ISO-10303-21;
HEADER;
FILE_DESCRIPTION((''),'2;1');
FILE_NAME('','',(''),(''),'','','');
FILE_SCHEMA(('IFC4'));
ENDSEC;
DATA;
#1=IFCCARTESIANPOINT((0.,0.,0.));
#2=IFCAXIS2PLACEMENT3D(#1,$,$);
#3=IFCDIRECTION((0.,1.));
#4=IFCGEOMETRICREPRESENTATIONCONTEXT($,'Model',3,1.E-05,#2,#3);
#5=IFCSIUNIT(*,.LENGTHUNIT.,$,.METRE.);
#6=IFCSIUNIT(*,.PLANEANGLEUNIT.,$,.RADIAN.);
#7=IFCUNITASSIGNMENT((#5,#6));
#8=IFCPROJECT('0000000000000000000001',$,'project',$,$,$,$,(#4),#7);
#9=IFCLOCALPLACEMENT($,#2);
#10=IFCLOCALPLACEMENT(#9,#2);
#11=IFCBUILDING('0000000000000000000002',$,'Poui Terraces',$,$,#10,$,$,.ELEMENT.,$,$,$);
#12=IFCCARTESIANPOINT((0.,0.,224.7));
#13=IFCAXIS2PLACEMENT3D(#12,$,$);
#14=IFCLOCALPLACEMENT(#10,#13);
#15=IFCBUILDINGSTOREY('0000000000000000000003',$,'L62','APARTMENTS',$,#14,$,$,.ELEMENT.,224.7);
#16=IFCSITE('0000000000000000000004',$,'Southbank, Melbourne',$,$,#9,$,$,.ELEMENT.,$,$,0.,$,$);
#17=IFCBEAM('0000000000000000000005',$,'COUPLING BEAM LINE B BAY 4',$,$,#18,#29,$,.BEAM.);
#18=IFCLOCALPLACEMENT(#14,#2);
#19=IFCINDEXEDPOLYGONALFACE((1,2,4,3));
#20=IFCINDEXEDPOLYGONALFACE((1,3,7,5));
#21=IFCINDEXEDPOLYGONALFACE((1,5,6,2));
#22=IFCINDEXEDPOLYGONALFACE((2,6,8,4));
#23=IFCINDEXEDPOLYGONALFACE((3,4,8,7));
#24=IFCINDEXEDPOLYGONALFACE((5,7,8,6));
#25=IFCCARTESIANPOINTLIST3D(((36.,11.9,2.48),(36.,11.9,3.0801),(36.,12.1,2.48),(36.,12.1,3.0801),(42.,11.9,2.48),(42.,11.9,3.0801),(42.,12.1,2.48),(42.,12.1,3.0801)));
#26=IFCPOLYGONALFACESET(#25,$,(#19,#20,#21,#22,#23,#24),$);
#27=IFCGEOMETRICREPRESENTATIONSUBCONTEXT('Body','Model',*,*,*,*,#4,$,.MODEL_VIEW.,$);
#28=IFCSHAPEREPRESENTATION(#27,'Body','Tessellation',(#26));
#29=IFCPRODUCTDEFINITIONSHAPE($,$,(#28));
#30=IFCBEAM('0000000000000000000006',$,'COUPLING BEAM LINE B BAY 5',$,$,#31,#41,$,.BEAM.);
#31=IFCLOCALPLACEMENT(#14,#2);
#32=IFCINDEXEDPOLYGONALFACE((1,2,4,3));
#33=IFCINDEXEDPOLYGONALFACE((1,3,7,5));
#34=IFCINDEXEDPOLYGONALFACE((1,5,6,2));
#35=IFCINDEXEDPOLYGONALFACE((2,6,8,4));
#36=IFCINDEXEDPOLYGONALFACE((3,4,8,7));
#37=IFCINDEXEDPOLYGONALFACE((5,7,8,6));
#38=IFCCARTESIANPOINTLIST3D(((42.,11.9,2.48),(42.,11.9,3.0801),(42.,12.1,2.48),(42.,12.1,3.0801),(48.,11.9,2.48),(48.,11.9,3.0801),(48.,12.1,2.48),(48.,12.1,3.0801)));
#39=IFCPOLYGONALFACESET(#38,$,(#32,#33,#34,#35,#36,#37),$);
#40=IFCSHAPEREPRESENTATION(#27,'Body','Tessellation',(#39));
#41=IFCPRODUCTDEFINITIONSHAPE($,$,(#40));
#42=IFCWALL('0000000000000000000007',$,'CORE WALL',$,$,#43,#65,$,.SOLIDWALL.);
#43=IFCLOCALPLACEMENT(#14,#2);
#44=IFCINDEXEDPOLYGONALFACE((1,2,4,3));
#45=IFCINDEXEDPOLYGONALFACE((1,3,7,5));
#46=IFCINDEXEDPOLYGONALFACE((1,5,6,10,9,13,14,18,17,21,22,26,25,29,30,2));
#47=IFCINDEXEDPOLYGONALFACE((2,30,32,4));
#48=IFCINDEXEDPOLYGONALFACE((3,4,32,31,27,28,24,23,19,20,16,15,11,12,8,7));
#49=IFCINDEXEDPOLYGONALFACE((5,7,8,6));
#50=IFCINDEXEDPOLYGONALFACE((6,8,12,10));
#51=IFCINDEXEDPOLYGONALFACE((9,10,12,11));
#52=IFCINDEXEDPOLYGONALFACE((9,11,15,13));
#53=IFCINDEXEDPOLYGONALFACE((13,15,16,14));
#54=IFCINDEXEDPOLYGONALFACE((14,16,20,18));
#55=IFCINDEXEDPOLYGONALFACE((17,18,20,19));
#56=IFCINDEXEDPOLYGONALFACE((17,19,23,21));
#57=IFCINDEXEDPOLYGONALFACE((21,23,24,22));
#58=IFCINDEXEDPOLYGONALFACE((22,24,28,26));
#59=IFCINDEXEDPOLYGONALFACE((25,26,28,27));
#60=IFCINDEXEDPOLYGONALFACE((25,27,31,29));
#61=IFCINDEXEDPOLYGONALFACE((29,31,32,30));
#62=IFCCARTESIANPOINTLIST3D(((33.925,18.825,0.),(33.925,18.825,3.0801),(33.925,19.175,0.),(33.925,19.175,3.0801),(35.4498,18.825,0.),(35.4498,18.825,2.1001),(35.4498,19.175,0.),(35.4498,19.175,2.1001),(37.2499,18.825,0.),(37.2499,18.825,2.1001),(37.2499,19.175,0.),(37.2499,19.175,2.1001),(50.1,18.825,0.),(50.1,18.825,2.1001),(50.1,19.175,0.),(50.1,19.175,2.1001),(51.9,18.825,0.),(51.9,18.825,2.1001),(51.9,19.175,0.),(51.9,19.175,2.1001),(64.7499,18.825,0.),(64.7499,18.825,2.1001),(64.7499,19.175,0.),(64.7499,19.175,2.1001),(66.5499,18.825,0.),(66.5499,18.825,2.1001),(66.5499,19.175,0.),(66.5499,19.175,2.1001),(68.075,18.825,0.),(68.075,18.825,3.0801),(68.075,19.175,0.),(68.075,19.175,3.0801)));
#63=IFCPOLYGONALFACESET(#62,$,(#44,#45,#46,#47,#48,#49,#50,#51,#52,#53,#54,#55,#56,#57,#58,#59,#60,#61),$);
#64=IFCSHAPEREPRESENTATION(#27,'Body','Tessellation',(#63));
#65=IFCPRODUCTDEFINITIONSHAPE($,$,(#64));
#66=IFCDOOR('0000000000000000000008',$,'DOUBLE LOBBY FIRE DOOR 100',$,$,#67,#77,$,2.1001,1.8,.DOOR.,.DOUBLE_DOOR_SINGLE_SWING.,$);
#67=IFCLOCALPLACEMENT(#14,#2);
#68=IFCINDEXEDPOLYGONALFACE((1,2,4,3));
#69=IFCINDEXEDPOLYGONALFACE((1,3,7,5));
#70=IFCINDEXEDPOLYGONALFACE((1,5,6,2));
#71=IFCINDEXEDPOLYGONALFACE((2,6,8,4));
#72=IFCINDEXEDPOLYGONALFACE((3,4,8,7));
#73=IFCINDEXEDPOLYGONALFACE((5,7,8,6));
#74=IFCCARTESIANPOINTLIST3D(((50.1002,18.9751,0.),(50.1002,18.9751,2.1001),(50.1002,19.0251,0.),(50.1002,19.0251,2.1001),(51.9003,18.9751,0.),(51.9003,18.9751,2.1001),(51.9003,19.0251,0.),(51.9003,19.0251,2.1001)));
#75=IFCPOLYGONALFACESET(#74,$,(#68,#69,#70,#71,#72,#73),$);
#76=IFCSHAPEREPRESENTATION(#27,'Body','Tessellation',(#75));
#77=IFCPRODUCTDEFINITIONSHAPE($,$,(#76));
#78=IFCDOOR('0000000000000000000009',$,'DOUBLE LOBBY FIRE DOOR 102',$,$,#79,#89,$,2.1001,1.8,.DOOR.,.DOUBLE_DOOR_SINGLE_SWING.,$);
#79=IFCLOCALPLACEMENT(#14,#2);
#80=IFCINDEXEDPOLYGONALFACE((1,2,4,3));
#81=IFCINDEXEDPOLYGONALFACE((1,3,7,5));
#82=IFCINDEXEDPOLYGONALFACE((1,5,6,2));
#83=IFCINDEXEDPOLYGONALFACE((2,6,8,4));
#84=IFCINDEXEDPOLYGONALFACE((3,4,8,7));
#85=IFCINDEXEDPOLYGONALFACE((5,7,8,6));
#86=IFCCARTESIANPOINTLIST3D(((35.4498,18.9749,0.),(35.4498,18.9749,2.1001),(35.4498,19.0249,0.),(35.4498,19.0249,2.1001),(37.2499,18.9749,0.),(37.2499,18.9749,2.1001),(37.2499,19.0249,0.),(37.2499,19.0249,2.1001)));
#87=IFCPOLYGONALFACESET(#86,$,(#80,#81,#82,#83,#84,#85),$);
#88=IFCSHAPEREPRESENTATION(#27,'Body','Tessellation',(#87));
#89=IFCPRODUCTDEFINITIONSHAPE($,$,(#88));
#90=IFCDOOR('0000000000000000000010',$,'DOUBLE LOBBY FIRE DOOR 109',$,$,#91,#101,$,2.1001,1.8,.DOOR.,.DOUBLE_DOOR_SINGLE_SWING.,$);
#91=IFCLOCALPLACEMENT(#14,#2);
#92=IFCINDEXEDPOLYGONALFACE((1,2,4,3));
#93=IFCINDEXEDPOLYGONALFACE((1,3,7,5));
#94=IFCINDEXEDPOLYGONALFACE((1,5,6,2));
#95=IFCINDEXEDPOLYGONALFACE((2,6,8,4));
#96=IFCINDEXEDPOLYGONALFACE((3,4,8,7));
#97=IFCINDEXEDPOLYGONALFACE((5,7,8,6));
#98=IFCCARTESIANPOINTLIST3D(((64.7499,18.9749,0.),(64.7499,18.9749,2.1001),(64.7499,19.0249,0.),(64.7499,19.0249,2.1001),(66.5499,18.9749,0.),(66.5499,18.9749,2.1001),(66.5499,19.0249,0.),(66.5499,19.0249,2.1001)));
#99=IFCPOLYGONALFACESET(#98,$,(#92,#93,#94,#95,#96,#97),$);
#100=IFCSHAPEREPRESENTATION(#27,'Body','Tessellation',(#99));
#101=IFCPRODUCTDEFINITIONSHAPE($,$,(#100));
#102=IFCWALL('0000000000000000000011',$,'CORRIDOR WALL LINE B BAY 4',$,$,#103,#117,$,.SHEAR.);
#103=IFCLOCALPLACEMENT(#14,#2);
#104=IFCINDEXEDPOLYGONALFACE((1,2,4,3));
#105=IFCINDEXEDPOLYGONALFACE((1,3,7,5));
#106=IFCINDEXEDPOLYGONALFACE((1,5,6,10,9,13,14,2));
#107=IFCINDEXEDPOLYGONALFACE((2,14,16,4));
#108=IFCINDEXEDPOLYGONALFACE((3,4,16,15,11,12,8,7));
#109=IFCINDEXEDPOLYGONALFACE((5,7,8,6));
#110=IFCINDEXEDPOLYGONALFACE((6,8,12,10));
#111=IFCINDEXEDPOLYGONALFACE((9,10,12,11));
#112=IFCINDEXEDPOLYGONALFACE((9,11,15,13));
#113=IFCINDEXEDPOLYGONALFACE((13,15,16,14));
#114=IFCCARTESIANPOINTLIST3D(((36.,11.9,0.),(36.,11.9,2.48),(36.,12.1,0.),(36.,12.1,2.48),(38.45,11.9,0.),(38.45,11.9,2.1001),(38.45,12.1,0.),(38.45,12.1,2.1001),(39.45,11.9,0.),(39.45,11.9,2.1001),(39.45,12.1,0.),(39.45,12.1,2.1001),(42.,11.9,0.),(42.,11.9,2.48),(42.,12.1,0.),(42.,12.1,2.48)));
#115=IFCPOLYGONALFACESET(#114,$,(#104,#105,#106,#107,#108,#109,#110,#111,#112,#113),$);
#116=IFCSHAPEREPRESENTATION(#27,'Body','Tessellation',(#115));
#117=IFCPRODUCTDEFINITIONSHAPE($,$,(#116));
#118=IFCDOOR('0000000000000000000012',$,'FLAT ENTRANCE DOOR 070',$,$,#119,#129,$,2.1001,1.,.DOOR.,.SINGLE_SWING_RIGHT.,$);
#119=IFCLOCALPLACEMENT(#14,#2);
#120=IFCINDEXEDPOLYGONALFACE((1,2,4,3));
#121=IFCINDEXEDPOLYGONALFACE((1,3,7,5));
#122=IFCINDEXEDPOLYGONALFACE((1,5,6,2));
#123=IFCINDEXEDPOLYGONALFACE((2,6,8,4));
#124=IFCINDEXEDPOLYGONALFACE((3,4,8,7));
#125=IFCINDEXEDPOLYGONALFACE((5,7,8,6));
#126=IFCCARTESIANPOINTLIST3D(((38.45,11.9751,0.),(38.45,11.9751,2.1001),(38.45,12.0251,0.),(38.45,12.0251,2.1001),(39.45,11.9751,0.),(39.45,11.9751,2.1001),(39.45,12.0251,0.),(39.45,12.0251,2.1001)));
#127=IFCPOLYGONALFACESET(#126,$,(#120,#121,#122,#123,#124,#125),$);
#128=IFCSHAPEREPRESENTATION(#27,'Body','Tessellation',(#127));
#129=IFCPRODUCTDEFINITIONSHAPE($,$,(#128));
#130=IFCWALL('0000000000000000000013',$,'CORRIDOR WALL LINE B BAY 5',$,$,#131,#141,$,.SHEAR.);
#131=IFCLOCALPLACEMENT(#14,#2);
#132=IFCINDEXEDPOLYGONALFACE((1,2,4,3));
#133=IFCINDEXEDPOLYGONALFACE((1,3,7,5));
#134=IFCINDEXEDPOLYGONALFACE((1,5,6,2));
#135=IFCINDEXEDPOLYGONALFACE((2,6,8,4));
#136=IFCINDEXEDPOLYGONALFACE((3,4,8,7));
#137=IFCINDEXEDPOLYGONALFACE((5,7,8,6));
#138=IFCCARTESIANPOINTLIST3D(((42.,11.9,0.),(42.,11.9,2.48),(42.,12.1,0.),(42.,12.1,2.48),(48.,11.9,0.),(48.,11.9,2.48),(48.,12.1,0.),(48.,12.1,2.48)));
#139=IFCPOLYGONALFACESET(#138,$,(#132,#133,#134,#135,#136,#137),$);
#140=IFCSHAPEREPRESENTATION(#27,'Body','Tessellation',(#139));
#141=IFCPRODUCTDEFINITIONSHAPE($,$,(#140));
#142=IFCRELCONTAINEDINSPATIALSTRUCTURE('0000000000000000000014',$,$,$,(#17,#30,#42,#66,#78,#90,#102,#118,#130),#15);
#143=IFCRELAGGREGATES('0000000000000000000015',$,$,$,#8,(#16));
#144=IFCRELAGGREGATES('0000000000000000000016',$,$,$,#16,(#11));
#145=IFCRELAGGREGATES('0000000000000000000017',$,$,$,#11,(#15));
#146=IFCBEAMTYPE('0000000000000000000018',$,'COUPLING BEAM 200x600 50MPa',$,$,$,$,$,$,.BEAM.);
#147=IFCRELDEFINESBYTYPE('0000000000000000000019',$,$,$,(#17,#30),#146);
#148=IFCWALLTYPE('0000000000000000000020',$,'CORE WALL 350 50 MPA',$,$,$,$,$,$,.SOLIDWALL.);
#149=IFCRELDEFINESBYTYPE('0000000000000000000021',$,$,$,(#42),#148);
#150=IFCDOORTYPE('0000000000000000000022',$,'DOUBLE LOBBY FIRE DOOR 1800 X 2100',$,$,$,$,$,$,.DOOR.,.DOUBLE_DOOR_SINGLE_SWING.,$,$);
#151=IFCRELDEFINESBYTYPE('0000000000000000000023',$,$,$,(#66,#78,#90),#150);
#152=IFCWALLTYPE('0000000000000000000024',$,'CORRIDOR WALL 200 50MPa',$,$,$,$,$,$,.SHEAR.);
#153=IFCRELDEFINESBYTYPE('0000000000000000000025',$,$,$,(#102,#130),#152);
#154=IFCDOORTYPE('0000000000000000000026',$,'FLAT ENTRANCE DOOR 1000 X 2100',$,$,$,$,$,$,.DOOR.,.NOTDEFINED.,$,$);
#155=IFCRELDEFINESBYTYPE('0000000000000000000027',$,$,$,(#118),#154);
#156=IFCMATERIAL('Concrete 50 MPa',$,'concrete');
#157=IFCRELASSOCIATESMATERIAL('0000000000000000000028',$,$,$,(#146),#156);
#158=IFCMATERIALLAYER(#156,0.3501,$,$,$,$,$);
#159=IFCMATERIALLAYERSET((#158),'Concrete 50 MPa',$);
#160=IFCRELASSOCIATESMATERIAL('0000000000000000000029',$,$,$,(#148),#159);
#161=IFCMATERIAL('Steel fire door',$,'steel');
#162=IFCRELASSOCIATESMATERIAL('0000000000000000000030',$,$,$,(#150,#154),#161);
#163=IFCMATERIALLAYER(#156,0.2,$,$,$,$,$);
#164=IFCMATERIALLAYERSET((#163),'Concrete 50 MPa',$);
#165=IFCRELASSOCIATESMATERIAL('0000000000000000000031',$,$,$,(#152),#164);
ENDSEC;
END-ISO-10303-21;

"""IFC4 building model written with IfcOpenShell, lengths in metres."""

from ifc_helpers import new_model, si_unit, direction, frame, frame_2d, origin, origin_2d, place, context, subcontext, project, spatial, rectangle, extrude, source, transform, mapped, material, layer, layer_set, material_profile, profile_set, type_object, element, fill, save


model = new_model("IFC4")

# Units and contexts
model_context = context("Model", 3, precision=1e-05, world=origin(), true_north=direction((0.0, 1.0)))
body_context = subcontext(model_context, "Body", "Model", "MODEL_VIEW")
ifc_project = project(units=[si_unit("LENGTHUNIT", "METRE"), si_unit("PLANEANGLEUNIT", "RADIAN")], contexts=[model_context])

# Site, building, storey
site_placement = place(None, origin())
site = spatial("IfcSite", under=ifc_project, at=site_placement, Name="Southbank, Melbourne", CompositionType="ELEMENT", RefElevation=0.0)
building_placement = place(site_placement, origin())
building = spatial("IfcBuilding", under=site, at=building_placement, Name="Poui Terraces", CompositionType="ELEMENT")
storey_placement = place(building_placement, frame((0.0, 0.0, 224.7)))
storey = spatial("IfcBuildingStorey", under=building, at=storey_placement, Name="L62", Description="APARTMENTS", CompositionType="ELEMENT", Elevation=224.7)

# Beams
ifc_material_1 = material(Name="Concrete 50 MPa", Category="concrete")
ifc_material_profile = material_profile(ifc_material_1, rectangle(XDim=0.2, YDim=0.6001, at=origin_2d()), Name="RC 200x600")
ifc_profile_set = profile_set([ifc_material_profile], Name="Concrete 50 MPa")
beam_type = type_object("IfcBeamType", Name="COUPLING BEAM 200x600 50MPa", PredefinedType="BEAM", material=ifc_profile_set)
shared_shape = source(origin(), body_context, "Body", "SweptSolid", [
    extrude(rectangle(XDim=0.2, YDim=0.6001, at=origin_2d()), origin(), (0.0, 0.0, 1.0), 6.0),
])
for number, where, z_axis, x_axis, name in (
    (1, (36.0, 12.0, 2.78), (1.0, 0.0, 0.0), (0.0, 1.0, 0.0), "COUPLING BEAM LINE B BAY 4"),
    (2, (42.0, 12.0, 2.78), (1.0, 0.0, 0.0), (0.0, 1.0, 0.0), "COUPLING BEAM LINE B BAY 5"),
):
    element("IfcBeam", number, at=place(storey_placement, frame(where, z_axis=z_axis, x_axis=x_axis)), inside=storey, type_object=beam_type, Name=name, PredefinedType="BEAM", context=body_context, shape_type="MappedRepresentation", body=[
        mapped(shared_shape, transform((0.0, 0.0, 0.0))),
    ])

# Wall, openings, doors
ifc_layer_1 = layer(ifc_material_1, 0.3501)
ifc_layer_set_1 = layer_set([ifc_layer_1], Name="Concrete 50 MPa")
wall_type_1 = type_object("IfcWallType", Name="CORE WALL 350 50 MPA", PredefinedType="SOLIDWALL", material=ifc_layer_set_1)
wall_1_placement = place(storey_placement, frame((33.925, 19.0, 0.0), z_axis=(0.0, 0.0, 1.0), x_axis=(1.0, 0.0, 0.0)))
wall_1 = element("IfcWall", 3, at=wall_1_placement, inside=storey, type_object=wall_type_1, Name="CORE WALL", PredefinedType="SOLIDWALL", context=body_context, shape_type="SweptSolid", body=[
    extrude(rectangle(XDim=34.1499, YDim=0.3501, at=frame_2d((17.075, 0.0))), origin(), (0.0, 0.0, 1.0), 3.0801),
])
opening_1_placement = place(wall_1_placement, frame((16.175, 0.0, 0.0)))
opening_1 = element("IfcOpeningElement", 4, at=opening_1_placement, cuts=wall_1, PredefinedType="OPENING", context=body_context, shape_type="SweptSolid", body=[
    extrude(rectangle(XDim=1.8, YDim=2.1001, at=frame_2d((0.8999, 1.05))), frame((0.0, 0.1851, 0.0), z_axis=(0.0, -1.0, 0.0), x_axis=(1.0, 0.0, 0.0)), (0.0, 0.0, 1.0), 0.3701),
])
opening_2_placement = place(wall_1_placement, frame((1.5249, 0.0, 0.0)))
opening_2 = element("IfcOpeningElement", 5, at=opening_2_placement, cuts=wall_1, PredefinedType="OPENING", context=body_context, shape_type="SweptSolid", body=[
    extrude(rectangle(XDim=1.8, YDim=2.1001, at=frame_2d((0.8999, 1.05))), frame((0.0, 0.1851, 0.0), z_axis=(0.0, -1.0, 0.0), x_axis=(1.0, 0.0, 0.0)), (0.0, 0.0, 1.0), 0.3701),
])
opening_3_placement = place(wall_1_placement, frame((30.825, 0.0, 0.0)))
opening_3 = element("IfcOpeningElement", 6, at=opening_3_placement, cuts=wall_1, PredefinedType="OPENING", context=body_context, shape_type="SweptSolid", body=[
    extrude(rectangle(XDim=1.8, YDim=2.1001, at=frame_2d((0.8999, 1.05))), frame((0.0, 0.1851, 0.0), z_axis=(0.0, -1.0, 0.0), x_axis=(1.0, 0.0, 0.0)), (0.0, 0.0, 1.0), 0.3701),
])
ifc_material_2 = material(Name="Steel fire door", Category="steel")
door_type_1 = type_object("IfcDoorType", Name="DOUBLE LOBBY FIRE DOOR 1800 X 2100", OperationType="DOUBLE_DOOR_SINGLE_SWING", PredefinedType="DOOR", material=ifc_material_2)
door_1_placement = place(opening_1_placement, frame((1.8, 0.0, 0.0), z_axis=(0.0, 0.0, 1.0), x_axis=(-1.0, 0.0, 0.0)))
door_1 = element("IfcDoor", 7, at=door_1_placement, inside=storey, type_object=door_type_1, Name="DOUBLE LOBBY FIRE DOOR 100", OperationType="DOUBLE_DOOR_SINGLE_SWING", OverallHeight=2.1001, OverallWidth=1.8, PredefinedType="DOOR", context=body_context, shape_type="SweptSolid", body=[
    extrude(rectangle(XDim=1.8, YDim=2.1001, at=frame_2d((0.8999, 1.05))), frame((0.0, 0.0249, 0.0), z_axis=(0.0, -1.0, 0.0), x_axis=(1.0, 0.0, 0.0)), (0.0, 0.0, 1.0), 0.05),
])
fill(opening_1, door_1)
door_2_placement = place(opening_2_placement, origin())
door_2 = element("IfcDoor", 8, at=door_2_placement, inside=storey, type_object=door_type_1, Name="DOUBLE LOBBY FIRE DOOR 102", OperationType="DOUBLE_DOOR_SINGLE_SWING", OverallHeight=2.1001, OverallWidth=1.8, PredefinedType="DOOR", context=body_context, shape_type="SweptSolid", body=[
    extrude(rectangle(XDim=1.8, YDim=2.1001, at=frame_2d((0.8999, 1.05))), frame((0.0, 0.0249, 0.0), z_axis=(0.0, -1.0, 0.0), x_axis=(1.0, 0.0, 0.0)), (0.0, 0.0, 1.0), 0.05),
])
fill(opening_2, door_2)
door_3_placement = place(opening_3_placement, origin())
door_3 = element("IfcDoor", 9, at=door_3_placement, inside=storey, type_object=door_type_1, Name="DOUBLE LOBBY FIRE DOOR 109", OperationType="DOUBLE_DOOR_SINGLE_SWING", OverallHeight=2.1001, OverallWidth=1.8, PredefinedType="DOOR", context=body_context, shape_type="SweptSolid", body=[
    extrude(rectangle(XDim=1.8, YDim=2.1001, at=frame_2d((0.8999, 1.05))), frame((0.0, 0.0249, 0.0), z_axis=(0.0, -1.0, 0.0), x_axis=(1.0, 0.0, 0.0)), (0.0, 0.0, 1.0), 0.05),
])
fill(opening_3, door_3)

# Wall, opening, door
ifc_layer_2 = layer(ifc_material_1, 0.2)
ifc_layer_set_2 = layer_set([ifc_layer_2], Name="Concrete 50 MPa")
wall_type_2 = type_object("IfcWallType", Name="CORRIDOR WALL 200 50MPa", PredefinedType="SHEAR", material=ifc_layer_set_2)
wall_2_placement = place(storey_placement, frame((36.0, 12.0, 0.0), z_axis=(0.0, 0.0, 1.0), x_axis=(1.0, 0.0, 0.0)))
wall_2 = element("IfcWall", 10, at=wall_2_placement, inside=storey, type_object=wall_type_2, Name="CORRIDOR WALL LINE B BAY 4", PredefinedType="SHEAR", context=body_context, shape_type="SweptSolid", body=[
    extrude(rectangle(XDim=6.0, YDim=0.2, at=frame_2d((3.0, 0.0))), origin(), (0.0, 0.0, 1.0), 2.48),
])
opening_4_placement = place(wall_2_placement, frame((2.45, 0.0, 0.0)))
opening_4 = element("IfcOpeningElement", 11, at=opening_4_placement, cuts=wall_2, PredefinedType="OPENING", context=body_context, shape_type="SweptSolid", body=[
    extrude(rectangle(XDim=1.0, YDim=2.1001, at=frame_2d((0.5, 1.05))), frame((0.0, 0.1099, 0.0), z_axis=(0.0, -1.0, 0.0), x_axis=(1.0, 0.0, 0.0)), (0.0, 0.0, 1.0), 0.22),
])
door_type_2 = type_object("IfcDoorType", Name="FLAT ENTRANCE DOOR 1000 X 2100", OperationType="NOTDEFINED", PredefinedType="DOOR", material=ifc_material_2)
door_4_placement = place(opening_4_placement, frame((1.0, 0.0, 0.0), z_axis=(0.0, 0.0, 1.0), x_axis=(-1.0, 0.0, 0.0)))
door_4 = element("IfcDoor", 12, at=door_4_placement, inside=storey, type_object=door_type_2, Name="FLAT ENTRANCE DOOR 070", OperationType="SINGLE_SWING_RIGHT", OverallHeight=2.1001, OverallWidth=1.0, PredefinedType="DOOR", context=body_context, shape_type="SweptSolid", body=[
    extrude(rectangle(XDim=1.0, YDim=2.1001, at=frame_2d((0.5, 1.05))), frame((0.0, 0.0249, 0.0), z_axis=(0.0, -1.0, 0.0), x_axis=(1.0, 0.0, 0.0)), (0.0, 0.0, 1.0), 0.05),
])
fill(opening_4, door_4)

# Wall
wall_3_placement = place(storey_placement, frame((42.0, 12.0, 0.0), z_axis=(0.0, 0.0, 1.0), x_axis=(1.0, 0.0, 0.0)))
element("IfcWall", 13, at=wall_3_placement, inside=storey, type_object=wall_type_2, Name="CORRIDOR WALL LINE B BAY 5", PredefinedType="SHEAR", context=body_context, shape_type="SweptSolid", body=[
    extrude(rectangle(XDim=6.0, YDim=0.2, at=frame_2d((3.0, 0.0))), origin(), (0.0, 0.0, 1.0), 2.48),
])

save(model, "model.ifc")
